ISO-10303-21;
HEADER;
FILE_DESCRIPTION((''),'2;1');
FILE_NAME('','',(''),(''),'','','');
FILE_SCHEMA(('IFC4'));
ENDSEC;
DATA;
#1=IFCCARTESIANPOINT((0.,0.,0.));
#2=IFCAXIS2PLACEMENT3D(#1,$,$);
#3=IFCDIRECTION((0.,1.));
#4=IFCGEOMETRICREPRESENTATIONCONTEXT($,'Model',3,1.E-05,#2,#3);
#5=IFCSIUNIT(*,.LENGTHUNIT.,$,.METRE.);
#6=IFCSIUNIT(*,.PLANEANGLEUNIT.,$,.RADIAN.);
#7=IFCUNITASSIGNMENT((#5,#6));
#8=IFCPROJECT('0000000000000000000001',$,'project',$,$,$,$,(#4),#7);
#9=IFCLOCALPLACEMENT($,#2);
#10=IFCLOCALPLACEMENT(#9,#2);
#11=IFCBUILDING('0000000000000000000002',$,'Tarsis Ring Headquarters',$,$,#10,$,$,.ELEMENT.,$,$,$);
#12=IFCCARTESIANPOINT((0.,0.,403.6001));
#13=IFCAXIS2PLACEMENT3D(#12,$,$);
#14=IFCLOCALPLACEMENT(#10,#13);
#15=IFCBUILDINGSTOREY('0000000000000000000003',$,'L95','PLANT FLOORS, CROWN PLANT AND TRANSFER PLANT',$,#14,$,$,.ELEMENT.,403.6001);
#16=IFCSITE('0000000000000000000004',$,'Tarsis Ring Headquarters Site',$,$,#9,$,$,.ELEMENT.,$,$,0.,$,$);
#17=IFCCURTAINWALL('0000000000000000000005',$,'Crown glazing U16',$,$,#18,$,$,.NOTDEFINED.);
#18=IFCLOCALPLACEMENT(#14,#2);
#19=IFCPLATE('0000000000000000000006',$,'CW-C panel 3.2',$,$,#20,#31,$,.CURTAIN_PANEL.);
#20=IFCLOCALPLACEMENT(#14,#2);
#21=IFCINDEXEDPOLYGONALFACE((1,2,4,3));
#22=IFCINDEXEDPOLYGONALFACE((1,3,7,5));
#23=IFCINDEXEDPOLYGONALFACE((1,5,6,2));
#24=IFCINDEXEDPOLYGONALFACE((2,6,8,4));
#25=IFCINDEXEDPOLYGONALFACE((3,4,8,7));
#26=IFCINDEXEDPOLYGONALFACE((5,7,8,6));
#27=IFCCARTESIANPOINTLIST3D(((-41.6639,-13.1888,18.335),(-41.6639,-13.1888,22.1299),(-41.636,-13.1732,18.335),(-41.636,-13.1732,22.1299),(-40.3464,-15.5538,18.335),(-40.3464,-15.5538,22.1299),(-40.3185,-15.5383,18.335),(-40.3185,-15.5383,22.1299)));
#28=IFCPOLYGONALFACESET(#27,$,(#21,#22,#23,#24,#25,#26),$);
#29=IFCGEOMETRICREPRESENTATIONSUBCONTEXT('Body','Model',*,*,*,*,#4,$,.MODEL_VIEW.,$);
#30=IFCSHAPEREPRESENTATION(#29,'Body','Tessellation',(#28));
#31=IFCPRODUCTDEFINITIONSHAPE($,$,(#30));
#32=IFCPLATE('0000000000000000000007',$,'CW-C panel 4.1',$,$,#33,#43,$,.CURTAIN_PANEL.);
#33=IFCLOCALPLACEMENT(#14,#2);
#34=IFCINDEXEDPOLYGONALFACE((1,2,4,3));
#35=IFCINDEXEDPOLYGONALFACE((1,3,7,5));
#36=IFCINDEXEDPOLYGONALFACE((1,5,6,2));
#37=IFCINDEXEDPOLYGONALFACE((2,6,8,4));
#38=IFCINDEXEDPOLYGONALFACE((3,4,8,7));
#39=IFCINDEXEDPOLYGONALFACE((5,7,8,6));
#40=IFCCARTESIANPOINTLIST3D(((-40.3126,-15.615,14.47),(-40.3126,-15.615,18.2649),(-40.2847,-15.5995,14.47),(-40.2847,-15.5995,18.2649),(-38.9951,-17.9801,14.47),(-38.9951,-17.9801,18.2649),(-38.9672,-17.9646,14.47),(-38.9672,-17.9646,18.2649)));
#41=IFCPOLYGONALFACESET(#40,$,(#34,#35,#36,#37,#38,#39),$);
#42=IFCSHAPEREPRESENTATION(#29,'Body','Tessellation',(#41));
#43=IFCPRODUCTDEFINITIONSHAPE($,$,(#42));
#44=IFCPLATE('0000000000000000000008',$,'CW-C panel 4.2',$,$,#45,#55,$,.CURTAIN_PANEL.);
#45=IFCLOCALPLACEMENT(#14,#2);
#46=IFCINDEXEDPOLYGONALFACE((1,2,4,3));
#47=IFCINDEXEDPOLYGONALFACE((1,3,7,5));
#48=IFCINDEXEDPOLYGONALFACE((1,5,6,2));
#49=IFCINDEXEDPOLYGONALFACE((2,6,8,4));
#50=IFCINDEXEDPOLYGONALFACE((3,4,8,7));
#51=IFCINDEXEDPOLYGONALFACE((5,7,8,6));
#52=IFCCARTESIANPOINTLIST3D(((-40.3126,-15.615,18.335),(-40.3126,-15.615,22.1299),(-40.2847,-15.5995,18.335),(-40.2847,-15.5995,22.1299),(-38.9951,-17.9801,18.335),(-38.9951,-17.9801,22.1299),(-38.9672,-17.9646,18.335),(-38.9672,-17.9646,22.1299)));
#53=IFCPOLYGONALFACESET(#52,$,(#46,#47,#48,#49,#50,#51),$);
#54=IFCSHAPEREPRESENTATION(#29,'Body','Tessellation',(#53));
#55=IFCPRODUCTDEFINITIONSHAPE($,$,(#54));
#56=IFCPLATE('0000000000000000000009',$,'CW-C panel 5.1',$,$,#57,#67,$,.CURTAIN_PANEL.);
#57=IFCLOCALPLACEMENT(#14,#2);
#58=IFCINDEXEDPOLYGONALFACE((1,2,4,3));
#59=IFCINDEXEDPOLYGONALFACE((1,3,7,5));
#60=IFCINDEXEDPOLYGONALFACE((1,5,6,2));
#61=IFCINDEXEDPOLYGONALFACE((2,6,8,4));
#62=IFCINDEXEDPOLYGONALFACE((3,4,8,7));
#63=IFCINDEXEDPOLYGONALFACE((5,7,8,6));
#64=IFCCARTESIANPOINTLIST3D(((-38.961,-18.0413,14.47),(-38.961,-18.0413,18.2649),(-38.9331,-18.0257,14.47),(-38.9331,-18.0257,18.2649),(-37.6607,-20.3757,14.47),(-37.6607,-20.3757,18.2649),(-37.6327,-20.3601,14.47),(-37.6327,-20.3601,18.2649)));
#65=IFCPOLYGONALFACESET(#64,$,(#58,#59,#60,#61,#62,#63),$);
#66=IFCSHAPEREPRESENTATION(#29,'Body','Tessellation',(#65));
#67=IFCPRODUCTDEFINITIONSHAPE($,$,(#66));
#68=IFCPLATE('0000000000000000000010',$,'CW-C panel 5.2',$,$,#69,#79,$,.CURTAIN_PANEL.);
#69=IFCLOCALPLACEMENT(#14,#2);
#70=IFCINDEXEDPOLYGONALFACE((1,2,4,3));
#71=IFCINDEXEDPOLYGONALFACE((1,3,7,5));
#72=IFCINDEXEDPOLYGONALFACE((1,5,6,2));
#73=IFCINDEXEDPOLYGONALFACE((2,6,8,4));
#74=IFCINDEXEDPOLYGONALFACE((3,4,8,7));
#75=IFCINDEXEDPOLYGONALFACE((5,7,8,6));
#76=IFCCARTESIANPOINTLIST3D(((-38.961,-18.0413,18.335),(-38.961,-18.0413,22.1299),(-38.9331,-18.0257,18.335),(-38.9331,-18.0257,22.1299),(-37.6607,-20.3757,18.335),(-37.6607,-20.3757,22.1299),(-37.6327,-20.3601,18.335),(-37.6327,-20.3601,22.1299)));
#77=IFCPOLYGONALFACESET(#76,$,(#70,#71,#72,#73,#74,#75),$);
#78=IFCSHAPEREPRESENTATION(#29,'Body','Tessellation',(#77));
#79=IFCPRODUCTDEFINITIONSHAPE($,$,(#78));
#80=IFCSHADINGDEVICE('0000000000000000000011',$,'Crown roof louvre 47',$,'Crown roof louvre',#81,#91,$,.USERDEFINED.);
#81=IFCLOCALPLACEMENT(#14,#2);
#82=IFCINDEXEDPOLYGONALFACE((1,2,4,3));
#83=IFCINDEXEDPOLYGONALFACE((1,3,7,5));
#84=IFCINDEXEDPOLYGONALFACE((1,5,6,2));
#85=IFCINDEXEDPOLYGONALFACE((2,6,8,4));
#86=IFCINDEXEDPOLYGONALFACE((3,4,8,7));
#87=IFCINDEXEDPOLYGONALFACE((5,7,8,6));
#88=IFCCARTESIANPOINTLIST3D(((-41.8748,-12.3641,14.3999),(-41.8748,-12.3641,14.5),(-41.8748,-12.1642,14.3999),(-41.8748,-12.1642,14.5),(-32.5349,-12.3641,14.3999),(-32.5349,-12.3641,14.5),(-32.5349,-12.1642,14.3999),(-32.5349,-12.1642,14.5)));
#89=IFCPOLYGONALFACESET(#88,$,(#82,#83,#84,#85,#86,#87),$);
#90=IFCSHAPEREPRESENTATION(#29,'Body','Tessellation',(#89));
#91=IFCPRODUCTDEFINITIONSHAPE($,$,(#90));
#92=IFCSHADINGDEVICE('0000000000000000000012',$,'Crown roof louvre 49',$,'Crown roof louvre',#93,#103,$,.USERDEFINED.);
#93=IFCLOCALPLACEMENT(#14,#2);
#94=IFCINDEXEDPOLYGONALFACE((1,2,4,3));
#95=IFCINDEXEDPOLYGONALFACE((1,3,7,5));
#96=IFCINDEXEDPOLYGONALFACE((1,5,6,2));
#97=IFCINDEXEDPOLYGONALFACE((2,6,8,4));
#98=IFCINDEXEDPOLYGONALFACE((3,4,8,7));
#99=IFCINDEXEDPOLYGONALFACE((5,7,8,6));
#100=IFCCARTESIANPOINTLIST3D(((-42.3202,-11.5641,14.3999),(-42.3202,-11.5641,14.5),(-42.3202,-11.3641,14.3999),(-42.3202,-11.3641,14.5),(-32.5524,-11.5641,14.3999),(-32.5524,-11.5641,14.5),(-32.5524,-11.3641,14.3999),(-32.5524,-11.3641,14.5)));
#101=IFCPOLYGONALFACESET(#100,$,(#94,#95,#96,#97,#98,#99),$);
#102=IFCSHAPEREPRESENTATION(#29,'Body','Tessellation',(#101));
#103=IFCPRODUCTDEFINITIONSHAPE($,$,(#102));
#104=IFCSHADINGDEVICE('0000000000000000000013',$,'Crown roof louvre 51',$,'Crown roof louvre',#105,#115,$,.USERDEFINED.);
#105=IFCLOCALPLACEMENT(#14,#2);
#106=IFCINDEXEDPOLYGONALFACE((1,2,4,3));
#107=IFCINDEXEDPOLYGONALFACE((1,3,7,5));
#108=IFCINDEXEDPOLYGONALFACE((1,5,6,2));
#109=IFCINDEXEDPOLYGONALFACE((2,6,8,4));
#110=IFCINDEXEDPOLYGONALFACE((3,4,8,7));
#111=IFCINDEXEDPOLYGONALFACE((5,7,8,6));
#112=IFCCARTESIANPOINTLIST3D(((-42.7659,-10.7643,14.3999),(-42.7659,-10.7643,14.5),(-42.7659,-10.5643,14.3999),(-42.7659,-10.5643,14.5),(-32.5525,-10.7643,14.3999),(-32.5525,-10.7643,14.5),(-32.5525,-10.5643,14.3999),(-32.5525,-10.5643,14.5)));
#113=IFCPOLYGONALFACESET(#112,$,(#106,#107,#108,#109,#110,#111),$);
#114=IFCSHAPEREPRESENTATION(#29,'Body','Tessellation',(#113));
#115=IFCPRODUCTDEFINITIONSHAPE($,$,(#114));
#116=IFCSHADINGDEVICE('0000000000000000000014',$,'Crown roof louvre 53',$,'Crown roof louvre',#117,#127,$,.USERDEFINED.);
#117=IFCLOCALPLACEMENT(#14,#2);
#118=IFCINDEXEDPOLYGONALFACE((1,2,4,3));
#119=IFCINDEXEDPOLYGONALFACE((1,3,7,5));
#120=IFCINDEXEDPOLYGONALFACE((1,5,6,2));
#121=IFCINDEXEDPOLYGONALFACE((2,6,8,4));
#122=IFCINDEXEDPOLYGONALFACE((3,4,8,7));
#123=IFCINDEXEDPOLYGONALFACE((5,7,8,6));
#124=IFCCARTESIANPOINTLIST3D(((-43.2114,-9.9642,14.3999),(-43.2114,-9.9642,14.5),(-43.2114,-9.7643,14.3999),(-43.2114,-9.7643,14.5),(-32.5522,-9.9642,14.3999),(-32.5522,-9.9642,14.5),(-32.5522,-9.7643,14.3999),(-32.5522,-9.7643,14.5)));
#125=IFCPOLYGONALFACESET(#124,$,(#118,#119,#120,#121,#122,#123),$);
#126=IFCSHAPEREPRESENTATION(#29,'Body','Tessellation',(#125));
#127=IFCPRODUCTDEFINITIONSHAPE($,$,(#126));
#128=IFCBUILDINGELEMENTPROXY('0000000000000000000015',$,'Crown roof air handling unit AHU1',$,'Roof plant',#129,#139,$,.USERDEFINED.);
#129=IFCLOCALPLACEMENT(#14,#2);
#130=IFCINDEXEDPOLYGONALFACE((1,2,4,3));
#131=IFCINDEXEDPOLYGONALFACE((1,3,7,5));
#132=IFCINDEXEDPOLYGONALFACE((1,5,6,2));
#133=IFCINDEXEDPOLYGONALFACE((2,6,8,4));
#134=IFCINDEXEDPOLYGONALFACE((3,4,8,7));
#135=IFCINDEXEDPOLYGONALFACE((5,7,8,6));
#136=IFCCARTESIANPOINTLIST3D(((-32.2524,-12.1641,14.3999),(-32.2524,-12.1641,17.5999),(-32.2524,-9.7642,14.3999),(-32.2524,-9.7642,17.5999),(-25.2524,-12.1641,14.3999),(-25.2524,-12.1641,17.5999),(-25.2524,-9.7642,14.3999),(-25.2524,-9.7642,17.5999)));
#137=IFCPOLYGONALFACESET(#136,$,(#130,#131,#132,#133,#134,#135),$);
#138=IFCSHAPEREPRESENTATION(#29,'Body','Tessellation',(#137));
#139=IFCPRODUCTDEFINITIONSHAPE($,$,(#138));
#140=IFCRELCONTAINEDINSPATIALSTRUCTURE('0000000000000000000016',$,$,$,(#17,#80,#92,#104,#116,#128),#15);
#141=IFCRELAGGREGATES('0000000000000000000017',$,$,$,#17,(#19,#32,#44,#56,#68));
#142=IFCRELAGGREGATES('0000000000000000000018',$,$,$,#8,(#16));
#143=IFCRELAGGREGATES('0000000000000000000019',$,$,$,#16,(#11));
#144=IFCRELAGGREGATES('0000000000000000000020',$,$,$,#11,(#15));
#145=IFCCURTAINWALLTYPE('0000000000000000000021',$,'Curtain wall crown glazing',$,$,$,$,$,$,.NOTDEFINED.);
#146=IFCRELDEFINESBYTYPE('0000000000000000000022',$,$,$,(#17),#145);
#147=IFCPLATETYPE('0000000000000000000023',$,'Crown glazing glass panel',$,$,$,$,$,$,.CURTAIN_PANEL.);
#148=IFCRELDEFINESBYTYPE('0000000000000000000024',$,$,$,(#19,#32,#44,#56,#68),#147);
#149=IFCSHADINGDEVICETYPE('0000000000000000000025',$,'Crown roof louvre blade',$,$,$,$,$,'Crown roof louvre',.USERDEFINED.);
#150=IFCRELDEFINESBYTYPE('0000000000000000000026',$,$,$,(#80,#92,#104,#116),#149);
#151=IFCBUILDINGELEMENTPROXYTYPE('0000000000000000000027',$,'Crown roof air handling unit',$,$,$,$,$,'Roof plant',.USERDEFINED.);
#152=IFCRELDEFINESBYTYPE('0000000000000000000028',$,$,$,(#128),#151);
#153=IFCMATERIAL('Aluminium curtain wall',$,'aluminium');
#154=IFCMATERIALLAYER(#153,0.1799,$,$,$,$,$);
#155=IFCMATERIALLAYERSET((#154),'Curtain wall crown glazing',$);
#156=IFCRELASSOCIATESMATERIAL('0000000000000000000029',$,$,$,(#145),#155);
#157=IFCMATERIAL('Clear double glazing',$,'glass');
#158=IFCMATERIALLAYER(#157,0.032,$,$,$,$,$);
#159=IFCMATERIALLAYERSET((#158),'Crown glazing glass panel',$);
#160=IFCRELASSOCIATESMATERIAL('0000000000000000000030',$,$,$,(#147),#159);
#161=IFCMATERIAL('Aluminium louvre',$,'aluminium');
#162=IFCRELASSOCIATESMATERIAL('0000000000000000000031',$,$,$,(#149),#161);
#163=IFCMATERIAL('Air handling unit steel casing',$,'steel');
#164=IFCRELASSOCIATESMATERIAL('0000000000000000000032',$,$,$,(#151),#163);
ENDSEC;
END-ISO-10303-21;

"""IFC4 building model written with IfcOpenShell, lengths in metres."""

from ifc_helpers import new_model, si_unit, direction, frame, origin, origin_2d, place, context, subcontext, project, spatial, rectangle, extrude, material, layer, layer_set, type_object, element, aggregate, save


model = new_model("IFC4")

# Units and contexts
model_context = context("Model", 3, precision=1e-05, world=origin(), true_north=direction((0.0, 1.0)))
body_context = subcontext(model_context, "Body", "Model", "MODEL_VIEW")
ifc_project = project(units=[si_unit("LENGTHUNIT", "METRE"), si_unit("PLANEANGLEUNIT", "RADIAN")], contexts=[model_context])

# Site, building, storey
site_placement = place(None, origin())
site = spatial("IfcSite", under=ifc_project, at=site_placement, Name="Tarsis Ring Headquarters Site", CompositionType="ELEMENT", RefElevation=0.0)
building_placement = place(site_placement, origin())
building = spatial("IfcBuilding", under=site, at=building_placement, Name="Tarsis Ring Headquarters", CompositionType="ELEMENT")
storey_placement = place(building_placement, frame((0.0, 0.0, 403.6001)))
storey = spatial("IfcBuildingStorey", under=building, at=storey_placement, Name="L95", Description="PLANT FLOORS, CROWN PLANT AND TRANSFER PLANT", CompositionType="ELEMENT", Elevation=403.6001)

# Curtain wall, plates
ifc_material_1 = material(Name="Aluminium curtain wall", Category="aluminium")
ifc_layer_1 = layer(ifc_material_1, 0.1799)
ifc_layer_set_1 = layer_set([ifc_layer_1], Name="Curtain wall crown glazing")
curtain_wall_type = type_object("IfcCurtainWallType", Name="Curtain wall crown glazing", PredefinedType="NOTDEFINED", material=ifc_layer_set_1)
curtain_wall_placement = place(storey_placement, origin())
curtain_wall = element("IfcCurtainWall", 1, at=curtain_wall_placement, inside=storey, type_object=curtain_wall_type, Name="Crown glazing U16", PredefinedType="NOTDEFINED")
ifc_material_2 = material(Name="Clear double glazing", Category="glass")
ifc_layer_2 = layer(ifc_material_2, 0.032)
ifc_layer_set_2 = layer_set([ifc_layer_2], Name="Crown glazing glass panel")
plate_type = type_object("IfcPlateType", Name="Crown glazing glass panel", PredefinedType="CURTAIN_PANEL", material=ifc_layer_set_2)
plate_1_placement = place(storey_placement, frame((-40.9912, -14.3635, 18.335), z_axis=(0.0, 0.0, 1.0), x_axis=(0.48664, -0.873602, 0.0)))
plate_1 = element("IfcPlate", 2, at=plate_1_placement, type_object=plate_type, Name="CW-C panel 3.2", PredefinedType="CURTAIN_PANEL", context=body_context, shape_type="SweptSolid", body=[
    extrude(rectangle(XDim=2.7073, YDim=0.032, at=origin_2d()), origin(), (0.0, 0.0, 1.0), 3.7949),
])
plate_2_placement = place(storey_placement, frame((-39.6399, -16.7898, 14.47), z_axis=(0.0, 0.0, 1.0), x_axis=(0.48664, -0.873602, 0.0)))
plate_2 = element("IfcPlate", 3, at=plate_2_placement, type_object=plate_type, Name="CW-C panel 4.1", PredefinedType="CURTAIN_PANEL", context=body_context, shape_type="SweptSolid", body=[
    extrude(rectangle(XDim=2.7073, YDim=0.032, at=origin_2d()), origin(), (0.0, 0.0, 1.0), 3.7949),
])
plate_3_placement = place(storey_placement, frame((-39.6399, -16.7898, 18.335), z_axis=(0.0, 0.0, 1.0), x_axis=(0.48664, -0.873602, 0.0)))
plate_3 = element("IfcPlate", 4, at=plate_3_placement, type_object=plate_type, Name="CW-C panel 4.2", PredefinedType="CURTAIN_PANEL", context=body_context, shape_type="SweptSolid", body=[
    extrude(rectangle(XDim=2.7073, YDim=0.032, at=origin_2d()), origin(), (0.0, 0.0, 1.0), 3.7949),
])
plate_4_placement = place(storey_placement, frame((-38.2969, -19.2007, 14.47), z_axis=(0.0, 0.0, 1.0), x_axis=(0.48664, -0.873602, 0.0)))
plate_4 = element("IfcPlate", 5, at=plate_4_placement, type_object=plate_type, Name="CW-C panel 5.1", PredefinedType="CURTAIN_PANEL", context=body_context, shape_type="SweptSolid", body=[
    extrude(rectangle(XDim=2.6721, YDim=0.032, at=origin_2d()), origin(), (0.0, 0.0, 1.0), 3.7949),
])
plate_5_placement = place(storey_placement, frame((-38.2969, -19.2007, 18.335), z_axis=(0.0, 0.0, 1.0), x_axis=(0.48664, -0.873602, 0.0)))
plate_5 = element("IfcPlate", 6, at=plate_5_placement, type_object=plate_type, Name="CW-C panel 5.2", PredefinedType="CURTAIN_PANEL", context=body_context, shape_type="SweptSolid", body=[
    extrude(rectangle(XDim=2.6721, YDim=0.032, at=origin_2d()), origin(), (0.0, 0.0, 1.0), 3.7949),
])
aggregate(curtain_wall, [plate_1, plate_2, plate_3, plate_4, plate_5])

# Shading devices
ifc_material_3 = material(Name="Aluminium louvre", Category="aluminium")
shading_device_type = type_object("IfcShadingDeviceType", Name="Crown roof louvre blade", ElementType="Crown roof louvre", PredefinedType="USERDEFINED", material=ifc_material_3)
shading_device_1_placement = place(storey_placement, frame((-37.2048, -12.2642, 14.3999), z_axis=(0.0, 0.0, 1.0), x_axis=(1.0, 0.0, 0.0)))
element("IfcShadingDevice", 7, at=shading_device_1_placement, inside=storey, type_object=shading_device_type, Name="Crown roof louvre 47", ObjectType="Crown roof louvre", PredefinedType="USERDEFINED", context=body_context, shape_type="SweptSolid", body=[
    extrude(rectangle(XDim=9.3398, YDim=0.2, at=origin_2d()), origin(), (0.0, 0.0, 1.0), 0.1001),
])
shading_device_2_placement = place(storey_placement, frame((-37.4363, -11.4641, 14.3999), z_axis=(0.0, 0.0, 1.0), x_axis=(1.0, 0.0, 0.0)))
element("IfcShadingDevice", 8, at=shading_device_2_placement, inside=storey, type_object=shading_device_type, Name="Crown roof louvre 49", ObjectType="Crown roof louvre", PredefinedType="USERDEFINED", context=body_context, shape_type="SweptSolid", body=[
    extrude(rectangle(XDim=9.7678, YDim=0.2, at=origin_2d()), origin(), (0.0, 0.0, 1.0), 0.1001),
])
shading_device_3_placement = place(storey_placement, frame((-37.6592, -10.6643, 14.3999), z_axis=(0.0, 0.0, 1.0), x_axis=(1.0, 0.0, 0.0)))
element("IfcShadingDevice", 9, at=shading_device_3_placement, inside=storey, type_object=shading_device_type, Name="Crown roof louvre 51", ObjectType="Crown roof louvre", PredefinedType="USERDEFINED", context=body_context, shape_type="SweptSolid", body=[
    extrude(rectangle(XDim=10.2134, YDim=0.2, at=origin_2d()), origin(), (0.0, 0.0, 1.0), 0.1001),
])
shading_device_4_placement = place(storey_placement, frame((-37.8818, -9.8643, 14.3999), z_axis=(0.0, 0.0, 1.0), x_axis=(1.0, 0.0, 0.0)))
element("IfcShadingDevice", 10, at=shading_device_4_placement, inside=storey, type_object=shading_device_type, Name="Crown roof louvre 53", ObjectType="Crown roof louvre", PredefinedType="USERDEFINED", context=body_context, shape_type="SweptSolid", body=[
    extrude(rectangle(XDim=10.6592, YDim=0.2, at=origin_2d()), origin(), (0.0, 0.0, 1.0), 0.1001),
])

# Building element proxy
ifc_material_4 = material(Name="Air handling unit steel casing", Category="steel")
building_element_proxy_type = type_object("IfcBuildingElementProxyType", Name="Crown roof air handling unit", ElementType="Roof plant", PredefinedType="USERDEFINED", material=ifc_material_4)
proxy_placement = place(storey_placement, frame((-28.7524, -10.9641, 14.3999), z_axis=(0.0, 0.0, 1.0), x_axis=(1.0, 0.0, 0.0)))
element("IfcBuildingElementProxy", 11, at=proxy_placement, inside=storey, type_object=building_element_proxy_type, Name="Crown roof air handling unit AHU1", ObjectType="Roof plant", PredefinedType="USERDEFINED", context=body_context, shape_type="SweptSolid", body=[
    extrude(rectangle(XDim=7.0, YDim=2.3999, at=origin_2d()), origin(), (0.0, 0.0, 1.0), 3.2),
])

save(model, "model.ifc")
